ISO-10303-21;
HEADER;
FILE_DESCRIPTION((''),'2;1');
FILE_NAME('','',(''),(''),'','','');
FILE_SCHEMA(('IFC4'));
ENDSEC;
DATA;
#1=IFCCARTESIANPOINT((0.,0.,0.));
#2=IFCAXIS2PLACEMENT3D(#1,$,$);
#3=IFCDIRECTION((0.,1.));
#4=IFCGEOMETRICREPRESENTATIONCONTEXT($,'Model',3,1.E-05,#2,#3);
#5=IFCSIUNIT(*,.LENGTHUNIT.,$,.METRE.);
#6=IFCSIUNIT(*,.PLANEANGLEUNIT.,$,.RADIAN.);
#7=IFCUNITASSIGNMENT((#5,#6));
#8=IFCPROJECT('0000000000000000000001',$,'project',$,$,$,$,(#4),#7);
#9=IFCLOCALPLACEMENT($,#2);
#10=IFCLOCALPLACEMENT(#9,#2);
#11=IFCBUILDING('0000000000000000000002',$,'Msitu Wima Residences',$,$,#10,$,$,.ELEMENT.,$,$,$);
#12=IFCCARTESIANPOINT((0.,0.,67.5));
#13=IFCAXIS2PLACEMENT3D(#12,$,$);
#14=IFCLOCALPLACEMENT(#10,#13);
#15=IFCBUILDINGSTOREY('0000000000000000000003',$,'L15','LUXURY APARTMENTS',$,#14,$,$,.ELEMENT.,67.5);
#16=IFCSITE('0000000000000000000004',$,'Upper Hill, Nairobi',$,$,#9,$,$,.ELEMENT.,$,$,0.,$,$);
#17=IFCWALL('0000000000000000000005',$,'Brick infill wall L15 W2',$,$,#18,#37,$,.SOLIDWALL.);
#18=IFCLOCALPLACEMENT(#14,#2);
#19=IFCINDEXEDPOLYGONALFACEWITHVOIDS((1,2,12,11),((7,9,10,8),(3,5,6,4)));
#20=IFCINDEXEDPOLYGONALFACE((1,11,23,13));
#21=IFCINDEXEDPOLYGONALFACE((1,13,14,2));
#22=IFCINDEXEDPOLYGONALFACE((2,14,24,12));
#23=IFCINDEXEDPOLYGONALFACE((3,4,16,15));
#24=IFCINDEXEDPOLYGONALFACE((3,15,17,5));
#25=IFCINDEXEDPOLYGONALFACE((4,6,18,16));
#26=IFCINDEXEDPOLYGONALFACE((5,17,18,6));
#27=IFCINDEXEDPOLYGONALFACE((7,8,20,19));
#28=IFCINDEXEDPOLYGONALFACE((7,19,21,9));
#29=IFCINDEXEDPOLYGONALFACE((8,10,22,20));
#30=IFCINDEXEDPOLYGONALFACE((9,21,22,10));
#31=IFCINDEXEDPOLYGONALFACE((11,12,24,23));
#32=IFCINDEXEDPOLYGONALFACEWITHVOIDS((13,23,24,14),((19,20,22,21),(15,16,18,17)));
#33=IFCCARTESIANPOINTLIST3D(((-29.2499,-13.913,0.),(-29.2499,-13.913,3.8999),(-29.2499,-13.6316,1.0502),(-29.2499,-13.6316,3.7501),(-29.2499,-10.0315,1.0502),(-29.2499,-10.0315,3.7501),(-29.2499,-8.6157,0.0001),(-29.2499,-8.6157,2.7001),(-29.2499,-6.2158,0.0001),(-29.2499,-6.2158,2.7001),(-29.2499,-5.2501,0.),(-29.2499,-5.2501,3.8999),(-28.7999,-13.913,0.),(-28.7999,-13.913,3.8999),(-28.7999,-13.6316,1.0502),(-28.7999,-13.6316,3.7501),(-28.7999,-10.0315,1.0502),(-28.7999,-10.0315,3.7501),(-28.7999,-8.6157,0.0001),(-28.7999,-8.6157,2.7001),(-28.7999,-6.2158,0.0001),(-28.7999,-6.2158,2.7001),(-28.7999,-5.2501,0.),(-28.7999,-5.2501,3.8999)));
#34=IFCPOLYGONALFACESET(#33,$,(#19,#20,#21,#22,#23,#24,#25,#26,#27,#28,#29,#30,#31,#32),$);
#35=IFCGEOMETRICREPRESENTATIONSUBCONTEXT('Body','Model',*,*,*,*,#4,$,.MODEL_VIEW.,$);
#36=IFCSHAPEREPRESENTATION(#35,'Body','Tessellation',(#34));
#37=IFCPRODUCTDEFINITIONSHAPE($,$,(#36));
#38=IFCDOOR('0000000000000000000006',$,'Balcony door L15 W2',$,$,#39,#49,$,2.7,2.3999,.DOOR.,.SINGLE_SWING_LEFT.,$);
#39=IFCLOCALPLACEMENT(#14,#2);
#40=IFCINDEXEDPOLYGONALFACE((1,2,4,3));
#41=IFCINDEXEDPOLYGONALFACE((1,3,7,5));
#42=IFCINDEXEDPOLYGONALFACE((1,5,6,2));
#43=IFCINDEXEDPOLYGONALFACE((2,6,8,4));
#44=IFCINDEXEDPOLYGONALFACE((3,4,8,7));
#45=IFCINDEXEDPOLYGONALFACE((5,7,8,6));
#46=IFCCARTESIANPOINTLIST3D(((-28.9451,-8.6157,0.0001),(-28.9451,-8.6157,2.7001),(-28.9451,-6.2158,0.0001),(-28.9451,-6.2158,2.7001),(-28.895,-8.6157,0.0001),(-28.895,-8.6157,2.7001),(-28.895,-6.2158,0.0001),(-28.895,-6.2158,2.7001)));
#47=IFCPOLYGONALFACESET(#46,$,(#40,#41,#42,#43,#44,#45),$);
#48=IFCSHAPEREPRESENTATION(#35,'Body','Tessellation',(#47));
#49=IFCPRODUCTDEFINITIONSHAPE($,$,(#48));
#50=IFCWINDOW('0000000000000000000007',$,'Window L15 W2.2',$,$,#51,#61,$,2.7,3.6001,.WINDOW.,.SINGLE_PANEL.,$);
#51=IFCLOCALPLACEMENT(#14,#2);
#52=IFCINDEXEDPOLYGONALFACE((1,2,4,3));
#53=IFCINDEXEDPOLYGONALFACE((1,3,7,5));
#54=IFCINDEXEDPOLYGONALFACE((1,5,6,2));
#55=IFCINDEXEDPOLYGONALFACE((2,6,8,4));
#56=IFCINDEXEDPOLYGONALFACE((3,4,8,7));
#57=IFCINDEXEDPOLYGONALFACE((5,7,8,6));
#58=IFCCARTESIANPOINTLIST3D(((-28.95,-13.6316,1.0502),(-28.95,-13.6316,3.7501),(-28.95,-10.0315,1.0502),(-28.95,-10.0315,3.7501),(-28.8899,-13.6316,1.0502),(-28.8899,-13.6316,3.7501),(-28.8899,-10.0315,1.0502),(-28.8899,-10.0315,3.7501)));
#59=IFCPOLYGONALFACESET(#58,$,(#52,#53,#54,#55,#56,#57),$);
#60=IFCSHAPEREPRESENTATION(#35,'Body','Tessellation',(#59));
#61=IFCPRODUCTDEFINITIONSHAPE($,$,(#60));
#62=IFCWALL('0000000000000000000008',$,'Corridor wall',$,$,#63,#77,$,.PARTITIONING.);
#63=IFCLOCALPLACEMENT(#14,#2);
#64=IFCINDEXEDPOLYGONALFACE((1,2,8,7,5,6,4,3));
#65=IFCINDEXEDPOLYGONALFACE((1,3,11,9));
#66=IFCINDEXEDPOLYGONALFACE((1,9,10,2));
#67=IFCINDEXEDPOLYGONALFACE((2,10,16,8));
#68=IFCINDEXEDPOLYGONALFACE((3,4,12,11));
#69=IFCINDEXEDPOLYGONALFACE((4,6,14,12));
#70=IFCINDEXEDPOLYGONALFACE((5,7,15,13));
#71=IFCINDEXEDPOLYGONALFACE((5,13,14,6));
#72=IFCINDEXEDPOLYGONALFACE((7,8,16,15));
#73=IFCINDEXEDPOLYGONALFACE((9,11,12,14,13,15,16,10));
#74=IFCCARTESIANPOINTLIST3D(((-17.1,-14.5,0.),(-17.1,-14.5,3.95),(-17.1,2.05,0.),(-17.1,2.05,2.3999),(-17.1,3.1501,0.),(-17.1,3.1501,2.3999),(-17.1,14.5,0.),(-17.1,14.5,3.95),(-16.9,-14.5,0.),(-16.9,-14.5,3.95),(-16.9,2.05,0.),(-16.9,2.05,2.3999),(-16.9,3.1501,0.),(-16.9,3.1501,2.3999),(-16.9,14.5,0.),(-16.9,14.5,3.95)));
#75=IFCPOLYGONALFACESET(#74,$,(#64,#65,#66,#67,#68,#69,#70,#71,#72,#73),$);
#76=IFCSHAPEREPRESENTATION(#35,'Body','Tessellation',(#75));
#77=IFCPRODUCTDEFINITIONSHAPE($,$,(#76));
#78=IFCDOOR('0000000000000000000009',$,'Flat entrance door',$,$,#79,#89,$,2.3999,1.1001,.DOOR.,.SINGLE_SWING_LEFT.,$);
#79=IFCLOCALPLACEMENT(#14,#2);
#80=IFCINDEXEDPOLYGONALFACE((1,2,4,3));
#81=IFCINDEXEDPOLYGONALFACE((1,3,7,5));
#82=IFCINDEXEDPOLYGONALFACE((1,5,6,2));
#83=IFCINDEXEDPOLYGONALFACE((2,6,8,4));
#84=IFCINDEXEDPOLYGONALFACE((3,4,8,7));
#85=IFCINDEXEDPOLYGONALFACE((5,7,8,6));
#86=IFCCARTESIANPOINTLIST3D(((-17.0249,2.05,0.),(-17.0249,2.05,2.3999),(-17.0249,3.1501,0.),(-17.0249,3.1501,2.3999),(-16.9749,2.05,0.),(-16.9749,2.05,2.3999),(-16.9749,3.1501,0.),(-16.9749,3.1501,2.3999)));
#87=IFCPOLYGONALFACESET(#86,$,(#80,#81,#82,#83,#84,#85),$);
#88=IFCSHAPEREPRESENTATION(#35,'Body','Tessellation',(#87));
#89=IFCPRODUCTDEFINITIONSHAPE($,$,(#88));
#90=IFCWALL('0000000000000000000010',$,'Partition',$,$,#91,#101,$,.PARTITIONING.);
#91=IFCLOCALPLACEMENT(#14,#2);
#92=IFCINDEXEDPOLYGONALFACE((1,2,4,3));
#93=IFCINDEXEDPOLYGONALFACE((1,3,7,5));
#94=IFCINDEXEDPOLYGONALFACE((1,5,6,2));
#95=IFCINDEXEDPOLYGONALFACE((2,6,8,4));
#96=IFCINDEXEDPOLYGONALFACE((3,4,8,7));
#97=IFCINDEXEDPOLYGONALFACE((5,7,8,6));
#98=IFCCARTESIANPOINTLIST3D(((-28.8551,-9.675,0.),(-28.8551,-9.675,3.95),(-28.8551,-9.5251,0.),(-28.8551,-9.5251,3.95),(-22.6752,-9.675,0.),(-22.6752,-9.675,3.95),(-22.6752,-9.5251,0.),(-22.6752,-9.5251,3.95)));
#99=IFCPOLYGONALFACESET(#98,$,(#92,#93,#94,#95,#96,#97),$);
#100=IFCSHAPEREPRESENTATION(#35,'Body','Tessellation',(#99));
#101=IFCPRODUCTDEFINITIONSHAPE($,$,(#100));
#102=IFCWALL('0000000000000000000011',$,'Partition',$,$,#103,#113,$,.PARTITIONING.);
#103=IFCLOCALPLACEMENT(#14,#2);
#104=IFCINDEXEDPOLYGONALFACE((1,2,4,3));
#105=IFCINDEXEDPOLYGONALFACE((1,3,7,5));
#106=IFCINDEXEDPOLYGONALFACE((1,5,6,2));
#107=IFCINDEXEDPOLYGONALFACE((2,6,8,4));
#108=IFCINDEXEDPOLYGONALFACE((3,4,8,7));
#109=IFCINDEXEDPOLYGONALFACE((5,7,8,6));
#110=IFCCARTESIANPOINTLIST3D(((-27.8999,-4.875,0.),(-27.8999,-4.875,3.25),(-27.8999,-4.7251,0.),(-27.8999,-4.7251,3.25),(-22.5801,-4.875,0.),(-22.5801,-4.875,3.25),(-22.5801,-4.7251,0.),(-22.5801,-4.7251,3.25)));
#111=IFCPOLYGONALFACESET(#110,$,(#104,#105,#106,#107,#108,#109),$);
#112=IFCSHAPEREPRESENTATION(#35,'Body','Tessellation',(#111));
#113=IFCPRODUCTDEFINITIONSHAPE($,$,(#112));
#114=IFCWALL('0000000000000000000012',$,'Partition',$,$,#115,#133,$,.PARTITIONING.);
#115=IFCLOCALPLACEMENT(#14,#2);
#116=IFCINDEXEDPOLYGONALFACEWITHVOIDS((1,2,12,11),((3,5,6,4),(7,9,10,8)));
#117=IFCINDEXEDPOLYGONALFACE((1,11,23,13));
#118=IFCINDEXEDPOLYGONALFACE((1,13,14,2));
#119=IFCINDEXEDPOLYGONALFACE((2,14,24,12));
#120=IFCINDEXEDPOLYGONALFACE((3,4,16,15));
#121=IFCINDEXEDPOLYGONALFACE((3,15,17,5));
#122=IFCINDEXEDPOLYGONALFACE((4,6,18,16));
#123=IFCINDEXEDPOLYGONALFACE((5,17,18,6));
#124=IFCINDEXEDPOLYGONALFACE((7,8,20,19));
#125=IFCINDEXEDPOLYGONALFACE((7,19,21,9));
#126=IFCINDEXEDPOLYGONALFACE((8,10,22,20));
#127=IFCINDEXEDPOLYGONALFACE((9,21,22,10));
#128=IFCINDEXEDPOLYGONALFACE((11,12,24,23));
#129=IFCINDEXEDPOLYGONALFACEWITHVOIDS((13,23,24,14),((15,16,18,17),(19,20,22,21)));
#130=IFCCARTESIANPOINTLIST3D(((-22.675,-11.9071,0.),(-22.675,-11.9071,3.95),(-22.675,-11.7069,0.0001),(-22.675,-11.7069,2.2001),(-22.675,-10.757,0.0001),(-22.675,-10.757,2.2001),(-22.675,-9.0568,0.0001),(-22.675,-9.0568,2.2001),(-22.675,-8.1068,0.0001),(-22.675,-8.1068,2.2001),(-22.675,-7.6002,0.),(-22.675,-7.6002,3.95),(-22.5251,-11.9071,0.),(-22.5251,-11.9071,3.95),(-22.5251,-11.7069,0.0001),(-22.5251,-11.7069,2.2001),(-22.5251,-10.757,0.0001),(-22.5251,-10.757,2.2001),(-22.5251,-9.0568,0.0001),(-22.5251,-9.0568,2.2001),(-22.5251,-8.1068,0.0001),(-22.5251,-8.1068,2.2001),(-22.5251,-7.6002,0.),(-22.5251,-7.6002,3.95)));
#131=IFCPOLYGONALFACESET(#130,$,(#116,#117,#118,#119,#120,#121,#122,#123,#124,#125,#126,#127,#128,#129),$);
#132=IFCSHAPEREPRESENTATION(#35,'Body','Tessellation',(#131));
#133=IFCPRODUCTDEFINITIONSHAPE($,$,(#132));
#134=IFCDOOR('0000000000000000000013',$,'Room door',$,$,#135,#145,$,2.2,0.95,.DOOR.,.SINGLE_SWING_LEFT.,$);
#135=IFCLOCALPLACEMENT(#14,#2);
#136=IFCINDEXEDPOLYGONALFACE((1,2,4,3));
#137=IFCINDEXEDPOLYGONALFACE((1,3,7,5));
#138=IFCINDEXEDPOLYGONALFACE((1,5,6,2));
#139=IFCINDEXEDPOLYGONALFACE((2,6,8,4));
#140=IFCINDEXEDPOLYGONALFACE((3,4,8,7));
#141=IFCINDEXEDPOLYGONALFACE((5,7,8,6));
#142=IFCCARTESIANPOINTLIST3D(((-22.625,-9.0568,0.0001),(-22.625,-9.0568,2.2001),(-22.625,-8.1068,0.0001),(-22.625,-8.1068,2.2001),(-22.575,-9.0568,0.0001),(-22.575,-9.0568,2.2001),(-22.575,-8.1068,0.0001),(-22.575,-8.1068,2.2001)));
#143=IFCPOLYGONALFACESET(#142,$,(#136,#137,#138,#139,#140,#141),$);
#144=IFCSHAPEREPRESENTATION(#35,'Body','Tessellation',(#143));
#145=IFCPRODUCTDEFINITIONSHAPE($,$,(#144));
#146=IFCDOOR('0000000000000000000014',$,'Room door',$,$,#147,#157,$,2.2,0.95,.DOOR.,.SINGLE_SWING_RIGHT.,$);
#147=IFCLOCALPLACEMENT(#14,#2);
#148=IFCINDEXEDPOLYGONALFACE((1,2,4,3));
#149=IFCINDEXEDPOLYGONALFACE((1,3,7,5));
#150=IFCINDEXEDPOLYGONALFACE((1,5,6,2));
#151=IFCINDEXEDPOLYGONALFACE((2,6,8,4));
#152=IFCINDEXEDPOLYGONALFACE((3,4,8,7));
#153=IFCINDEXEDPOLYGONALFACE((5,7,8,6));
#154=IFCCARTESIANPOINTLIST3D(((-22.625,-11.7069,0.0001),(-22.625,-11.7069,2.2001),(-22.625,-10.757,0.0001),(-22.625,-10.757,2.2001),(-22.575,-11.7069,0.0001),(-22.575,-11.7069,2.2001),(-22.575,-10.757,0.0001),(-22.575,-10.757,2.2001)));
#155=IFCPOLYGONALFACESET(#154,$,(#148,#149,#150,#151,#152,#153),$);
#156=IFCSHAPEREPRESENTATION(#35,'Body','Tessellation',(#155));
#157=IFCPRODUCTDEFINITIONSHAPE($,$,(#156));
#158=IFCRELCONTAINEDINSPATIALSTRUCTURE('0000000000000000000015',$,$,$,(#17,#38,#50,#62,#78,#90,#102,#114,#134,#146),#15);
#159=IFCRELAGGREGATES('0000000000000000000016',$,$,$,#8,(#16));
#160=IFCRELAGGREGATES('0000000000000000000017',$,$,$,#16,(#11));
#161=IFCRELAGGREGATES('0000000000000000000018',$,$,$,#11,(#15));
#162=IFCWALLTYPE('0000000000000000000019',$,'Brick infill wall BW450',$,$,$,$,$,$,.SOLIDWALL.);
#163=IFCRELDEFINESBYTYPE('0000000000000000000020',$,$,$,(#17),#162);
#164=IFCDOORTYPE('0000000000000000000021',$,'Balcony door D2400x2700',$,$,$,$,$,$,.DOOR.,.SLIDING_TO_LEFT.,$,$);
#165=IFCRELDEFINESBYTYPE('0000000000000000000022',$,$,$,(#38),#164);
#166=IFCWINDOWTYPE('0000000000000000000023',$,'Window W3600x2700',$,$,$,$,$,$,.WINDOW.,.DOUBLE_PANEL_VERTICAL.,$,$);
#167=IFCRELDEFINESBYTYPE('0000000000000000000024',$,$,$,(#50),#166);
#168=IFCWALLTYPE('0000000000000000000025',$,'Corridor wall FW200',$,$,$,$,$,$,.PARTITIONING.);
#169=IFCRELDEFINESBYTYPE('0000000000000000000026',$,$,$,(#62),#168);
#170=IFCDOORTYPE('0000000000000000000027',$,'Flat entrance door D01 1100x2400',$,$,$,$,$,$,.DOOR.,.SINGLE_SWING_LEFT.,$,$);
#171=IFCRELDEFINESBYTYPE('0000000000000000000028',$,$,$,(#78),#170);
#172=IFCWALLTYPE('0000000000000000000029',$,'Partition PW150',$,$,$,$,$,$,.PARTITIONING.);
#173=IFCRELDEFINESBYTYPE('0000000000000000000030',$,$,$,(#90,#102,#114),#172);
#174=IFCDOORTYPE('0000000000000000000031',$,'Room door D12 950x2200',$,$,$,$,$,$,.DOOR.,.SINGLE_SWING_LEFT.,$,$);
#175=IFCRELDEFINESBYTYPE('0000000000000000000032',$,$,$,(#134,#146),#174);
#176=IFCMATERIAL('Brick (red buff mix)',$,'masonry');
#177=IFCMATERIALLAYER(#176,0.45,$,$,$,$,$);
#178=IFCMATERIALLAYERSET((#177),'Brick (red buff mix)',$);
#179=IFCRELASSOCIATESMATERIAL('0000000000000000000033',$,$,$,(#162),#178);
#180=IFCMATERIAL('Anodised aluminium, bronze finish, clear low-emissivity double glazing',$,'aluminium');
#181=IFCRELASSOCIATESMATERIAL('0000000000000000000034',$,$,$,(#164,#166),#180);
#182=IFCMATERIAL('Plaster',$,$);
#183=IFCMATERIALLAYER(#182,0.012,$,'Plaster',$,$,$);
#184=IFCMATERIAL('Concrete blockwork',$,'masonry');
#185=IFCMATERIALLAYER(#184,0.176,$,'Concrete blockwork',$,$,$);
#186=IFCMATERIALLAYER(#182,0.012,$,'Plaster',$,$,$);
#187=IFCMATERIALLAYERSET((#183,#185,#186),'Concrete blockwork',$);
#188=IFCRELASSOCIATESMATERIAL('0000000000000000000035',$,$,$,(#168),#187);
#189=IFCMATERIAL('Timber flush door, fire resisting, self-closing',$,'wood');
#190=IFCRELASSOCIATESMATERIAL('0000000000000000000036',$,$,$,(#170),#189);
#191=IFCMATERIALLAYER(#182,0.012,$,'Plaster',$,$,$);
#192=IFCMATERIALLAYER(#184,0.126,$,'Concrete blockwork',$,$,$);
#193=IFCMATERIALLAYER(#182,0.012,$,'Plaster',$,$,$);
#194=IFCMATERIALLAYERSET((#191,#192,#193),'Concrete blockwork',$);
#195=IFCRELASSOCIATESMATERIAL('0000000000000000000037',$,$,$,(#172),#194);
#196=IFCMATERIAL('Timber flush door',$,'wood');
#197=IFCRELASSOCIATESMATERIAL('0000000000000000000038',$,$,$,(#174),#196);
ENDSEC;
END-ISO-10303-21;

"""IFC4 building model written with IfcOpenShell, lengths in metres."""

from ifc_helpers import new_model, si_unit, direction, frame, frame_2d, origin, place, context, subcontext, project, spatial, rectangle, extrude, material, layer, layer_set, type_object, element, fill, save


model = new_model("IFC4")

# Units and contexts
model_context = context("Model", 3, precision=1e-05, world=origin(), true_north=direction((0.0, 1.0)))
body_context = subcontext(model_context, "Body", "Model", "MODEL_VIEW")
ifc_project = project(units=[si_unit("LENGTHUNIT", "METRE"), si_unit("PLANEANGLEUNIT", "RADIAN")], contexts=[model_context])

# Site, building, storey
site_placement = place(None, origin())
site = spatial("IfcSite", under=ifc_project, at=site_placement, Name="Upper Hill, Nairobi", CompositionType="ELEMENT", RefElevation=0.0)
building_placement = place(site_placement, origin())
building = spatial("IfcBuilding", under=site, at=building_placement, Name="Msitu Wima Residences", CompositionType="ELEMENT")
storey_placement = place(building_placement, frame((0.0, 0.0, 67.5)))
storey = spatial("IfcBuildingStorey", under=building, at=storey_placement, Name="L15", Description="LUXURY APARTMENTS", CompositionType="ELEMENT", Elevation=67.5)

# Wall, openings, door, window
ifc_material_1 = material(Name="Brick (red buff mix)", Category="masonry")
ifc_layer_1 = layer(ifc_material_1, 0.45)
ifc_layer_set_1 = layer_set([ifc_layer_1], Name="Brick (red buff mix)")
wall_type_1 = type_object("IfcWallType", Name="Brick infill wall BW450", PredefinedType="SOLIDWALL", material=ifc_layer_set_1)
wall_1_placement = place(storey_placement, frame((-29.0249, -5.25, 0.0), z_axis=(0.0, 0.0, 1.0), x_axis=(0.0, -1.0, 0.0)))
wall_1 = element("IfcWall", 1, at=wall_1_placement, inside=storey, type_object=wall_type_1, Name="Brick infill wall L15 W2", PredefinedType="SOLIDWALL", context=body_context, shape_type="SweptSolid", body=[
    extrude(rectangle(XDim=8.6628, YDim=0.45, at=frame_2d((4.3315, 0.0))), origin(), (0.0, 0.0, 1.0), 3.8999),
])
opening_1_placement = place(wall_1_placement, frame((0.9658, 0.0, 0.0)))
opening_1 = element("IfcOpeningElement", 2, at=opening_1_placement, cuts=wall_1, PredefinedType="OPENING", context=body_context, shape_type="SweptSolid", body=[
    extrude(rectangle(XDim=2.3999, YDim=2.7, at=frame_2d((1.2, 1.3501))), frame((0.0, 0.2349, 0.0), z_axis=(0.0, -1.0, 0.0), x_axis=(1.0, 0.0, 0.0)), (0.0, 0.0, 1.0), 0.47),
])
opening_2_placement = place(wall_1_placement, frame((4.7815, 0.0, 1.05)))
opening_2 = element("IfcOpeningElement", 3, at=opening_2_placement, cuts=wall_1, PredefinedType="OPENING", context=body_context, shape_type="SweptSolid", body=[
    extrude(rectangle(XDim=3.6001, YDim=2.7, at=frame_2d((1.8, 1.3501))), frame((0.0, 0.2349, 0.0), z_axis=(0.0, -1.0, 0.0), x_axis=(1.0, 0.0, 0.0)), (0.0, 0.0, 1.0), 0.47),
])
ifc_material_2 = material(Name="Anodised aluminium, bronze finish, clear low-emissivity double glazing", Category="aluminium")
door_type_1 = type_object("IfcDoorType", Name="Balcony door D2400x2700", OperationType="SLIDING_TO_LEFT", PredefinedType="DOOR", material=ifc_material_2)
door_1_placement = place(opening_1_placement, origin())
door_1 = element("IfcDoor", 4, at=door_1_placement, inside=storey, type_object=door_type_1, Name="Balcony door L15 W2", OperationType="SINGLE_SWING_LEFT", OverallHeight=2.7, OverallWidth=2.3999, PredefinedType="DOOR", context=body_context, shape_type="SweptSolid", body=[
    extrude(rectangle(XDim=2.3999, YDim=2.7, at=frame_2d((1.2, 1.3501))), frame((0.0, 0.1299, 0.0), z_axis=(0.0, -1.0, 0.0), x_axis=(1.0, 0.0, 0.0)), (0.0, 0.0, 1.0), 0.05),
])
fill(opening_1, door_1)
window_type = type_object("IfcWindowType", Name="Window W3600x2700", PartitioningType="DOUBLE_PANEL_VERTICAL", PredefinedType="WINDOW", material=ifc_material_2)
window_placement = place(opening_2_placement, origin())
window = element("IfcWindow", 5, at=window_placement, inside=storey, type_object=window_type, Name="Window L15 W2.2", OverallHeight=2.7, OverallWidth=3.6001, PartitioningType="SINGLE_PANEL", PredefinedType="WINDOW", context=body_context, shape_type="SweptSolid", body=[
    extrude(rectangle(XDim=3.6001, YDim=2.7, at=frame_2d((1.8, 1.3501))), frame((0.0, 0.135, 0.0), z_axis=(0.0, -1.0, 0.0), x_axis=(1.0, 0.0, 0.0)), (0.0, 0.0, 1.0), 0.0601),
])
fill(opening_2, window)

# Wall, opening, door
ifc_material_3 = material(Name="Plaster")
ifc_layer_2 = layer(ifc_material_3, 0.012, Name="Plaster")
ifc_material_4 = material(Name="Concrete blockwork", Category="masonry")
ifc_layer_3 = layer(ifc_material_4, 0.176, Name="Concrete blockwork")
ifc_layer_4 = layer(ifc_material_3, 0.012, Name="Plaster")
ifc_layer_set_2 = layer_set([ifc_layer_2, ifc_layer_3, ifc_layer_4], Name="Concrete blockwork")
wall_type_2 = type_object("IfcWallType", Name="Corridor wall FW200", PredefinedType="PARTITIONING", material=ifc_layer_set_2)
wall_2_placement = place(storey_placement, frame((-17.0, -14.5, 0.0), z_axis=(0.0, 0.0, 1.0), x_axis=(0.0, 1.0, 0.0)))
wall_2 = element("IfcWall", 6, at=wall_2_placement, inside=storey, type_object=wall_type_2, Name="Corridor wall", PredefinedType="PARTITIONING", context=body_context, shape_type="SweptSolid", body=[
    extrude(rectangle(XDim=29.0, YDim=0.2, at=frame_2d((14.5, 0.0))), origin(), (0.0, 0.0, 1.0), 3.95),
])
opening_3_placement = place(wall_2_placement, frame((16.55, 0.0, 0.0)))
opening_3 = element("IfcOpeningElement", 7, at=opening_3_placement, cuts=wall_2, PredefinedType="OPENING", context=body_context, shape_type="SweptSolid", body=[
    extrude(rectangle(XDim=1.1001, YDim=2.3999, at=frame_2d((0.55, 1.2))), frame((0.0, 0.1099, 0.0), z_axis=(0.0, -1.0, 0.0), x_axis=(1.0, 0.0, 0.0)), (0.0, 0.0, 1.0), 0.22),
])
ifc_material_5 = material(Name="Timber flush door, fire resisting, self-closing", Category="wood")
door_type_2 = type_object("IfcDoorType", Name="Flat entrance door D01 1100x2400", OperationType="SINGLE_SWING_LEFT", PredefinedType="DOOR", material=ifc_material_5)
door_2_placement = place(opening_3_placement, origin())
door_2 = element("IfcDoor", 8, at=door_2_placement, inside=storey, type_object=door_type_2, Name="Flat entrance door", OperationType="SINGLE_SWING_LEFT", OverallHeight=2.3999, OverallWidth=1.1001, PredefinedType="DOOR", context=body_context, shape_type="SweptSolid", body=[
    extrude(rectangle(XDim=1.1001, YDim=2.3999, at=frame_2d((0.55, 1.2))), frame((0.0, 0.0249, 0.0), z_axis=(0.0, -1.0, 0.0), x_axis=(1.0, 0.0, 0.0)), (0.0, 0.0, 1.0), 0.05),
])
fill(opening_3, door_2)

# Walls
ifc_layer_5 = layer(ifc_material_3, 0.012, Name="Plaster")
ifc_layer_6 = layer(ifc_material_4, 0.126, Name="Concrete blockwork")
ifc_layer_7 = layer(ifc_material_3, 0.012, Name="Plaster")
ifc_layer_set_3 = layer_set([ifc_layer_5, ifc_layer_6, ifc_layer_7], Name="Concrete blockwork")
wall_type_3 = type_object("IfcWallType", Name="Partition PW150", PredefinedType="PARTITIONING", material=ifc_layer_set_3)
wall_3_placement = place(storey_placement, frame((-28.855, -9.6001, 0.0), z_axis=(0.0, 0.0, 1.0), x_axis=(1.0, 0.0, 0.0)))
element("IfcWall", 9, at=wall_3_placement, inside=storey, type_object=wall_type_3, Name="Partition", PredefinedType="PARTITIONING", context=body_context, shape_type="SweptSolid", body=[
    extrude(rectangle(XDim=6.1799, YDim=0.1499, at=frame_2d((3.0898, 0.0))), origin(), (0.0, 0.0, 1.0), 3.95),
])
wall_4_placement = place(storey_placement, frame((-27.8999, -4.8, 0.0), z_axis=(0.0, 0.0, 1.0), x_axis=(1.0, 0.0, 0.0)))
element("IfcWall", 10, at=wall_4_placement, inside=storey, type_object=wall_type_3, Name="Partition", PredefinedType="PARTITIONING", context=body_context, shape_type="SweptSolid", body=[
    extrude(rectangle(XDim=5.3198, YDim=0.1499, at=frame_2d((2.6599, 0.0))), origin(), (0.0, 0.0, 1.0), 3.25),
])

# Wall, openings, doors
wall_5_placement = place(storey_placement, frame((-22.6001, -11.907, 0.0), z_axis=(0.0, 0.0, 1.0), x_axis=(0.0, 1.0, 0.0)))
wall_5 = element("IfcWall", 11, at=wall_5_placement, inside=storey, type_object=wall_type_3, Name="Partition", PredefinedType="PARTITIONING", context=body_context, shape_type="SweptSolid", body=[
    extrude(rectangle(XDim=4.3069, YDim=0.1499, at=frame_2d((2.1533, 0.0))), origin(), (0.0, 0.0, 1.0), 3.95),
])
opening_4_placement = place(wall_5_placement, frame((2.8501, 0.0, 0.0)))
opening_4 = element("IfcOpeningElement", 12, at=opening_4_placement, cuts=wall_5, PredefinedType="OPENING", context=body_context, shape_type="SweptSolid", body=[
    extrude(rectangle(XDim=0.95, YDim=2.2, at=frame_2d((0.4751, 1.1001))), frame((0.0, 0.085, 0.0), z_axis=(0.0, -1.0, 0.0), x_axis=(1.0, 0.0, 0.0)), (0.0, 0.0, 1.0), 0.1699),
])
opening_5_placement = place(wall_5_placement, frame((0.2, 0.0, 0.0)))
opening_5 = element("IfcOpeningElement", 13, at=opening_5_placement, cuts=wall_5, PredefinedType="OPENING", context=body_context, shape_type="SweptSolid", body=[
    extrude(rectangle(XDim=0.95, YDim=2.2, at=frame_2d((0.4751, 1.1001))), frame((0.0, 0.085, 0.0), z_axis=(0.0, -1.0, 0.0), x_axis=(1.0, 0.0, 0.0)), (0.0, 0.0, 1.0), 0.1699),
])
ifc_material_6 = material(Name="Timber flush door", Category="wood")
door_type_3 = type_object("IfcDoorType", Name="Room door D12 950x2200", OperationType="SINGLE_SWING_LEFT", PredefinedType="DOOR", material=ifc_material_6)
door_3_placement = place(opening_4_placement, origin())
door_3 = element("IfcDoor", 14, at=door_3_placement, inside=storey, type_object=door_type_3, Name="Room door", OperationType="SINGLE_SWING_LEFT", OverallHeight=2.2, OverallWidth=0.95, PredefinedType="DOOR", context=body_context, shape_type="SweptSolid", body=[
    extrude(rectangle(XDim=0.95, YDim=2.2, at=frame_2d((0.4751, 1.1001))), frame((0.0, 0.0249, 0.0), z_axis=(0.0, -1.0, 0.0), x_axis=(1.0, 0.0, 0.0)), (0.0, 0.0, 1.0), 0.05),
])
fill(opening_4, door_3)
door_4_placement = place(opening_5_placement, origin())
door_4 = element("IfcDoor", 15, at=door_4_placement, inside=storey, type_object=door_type_3, Name="Room door", OperationType="SINGLE_SWING_RIGHT", OverallHeight=2.2, OverallWidth=0.95, PredefinedType="DOOR", context=body_context, shape_type="SweptSolid", body=[
    extrude(rectangle(XDim=0.95, YDim=2.2, at=frame_2d((0.4751, 1.1001))), frame((0.0, 0.0249, 0.0), z_axis=(0.0, -1.0, 0.0), x_axis=(1.0, 0.0, 0.0)), (0.0, 0.0, 1.0), 0.05),
])
fill(opening_5, door_4)

save(model, "model.ifc")
